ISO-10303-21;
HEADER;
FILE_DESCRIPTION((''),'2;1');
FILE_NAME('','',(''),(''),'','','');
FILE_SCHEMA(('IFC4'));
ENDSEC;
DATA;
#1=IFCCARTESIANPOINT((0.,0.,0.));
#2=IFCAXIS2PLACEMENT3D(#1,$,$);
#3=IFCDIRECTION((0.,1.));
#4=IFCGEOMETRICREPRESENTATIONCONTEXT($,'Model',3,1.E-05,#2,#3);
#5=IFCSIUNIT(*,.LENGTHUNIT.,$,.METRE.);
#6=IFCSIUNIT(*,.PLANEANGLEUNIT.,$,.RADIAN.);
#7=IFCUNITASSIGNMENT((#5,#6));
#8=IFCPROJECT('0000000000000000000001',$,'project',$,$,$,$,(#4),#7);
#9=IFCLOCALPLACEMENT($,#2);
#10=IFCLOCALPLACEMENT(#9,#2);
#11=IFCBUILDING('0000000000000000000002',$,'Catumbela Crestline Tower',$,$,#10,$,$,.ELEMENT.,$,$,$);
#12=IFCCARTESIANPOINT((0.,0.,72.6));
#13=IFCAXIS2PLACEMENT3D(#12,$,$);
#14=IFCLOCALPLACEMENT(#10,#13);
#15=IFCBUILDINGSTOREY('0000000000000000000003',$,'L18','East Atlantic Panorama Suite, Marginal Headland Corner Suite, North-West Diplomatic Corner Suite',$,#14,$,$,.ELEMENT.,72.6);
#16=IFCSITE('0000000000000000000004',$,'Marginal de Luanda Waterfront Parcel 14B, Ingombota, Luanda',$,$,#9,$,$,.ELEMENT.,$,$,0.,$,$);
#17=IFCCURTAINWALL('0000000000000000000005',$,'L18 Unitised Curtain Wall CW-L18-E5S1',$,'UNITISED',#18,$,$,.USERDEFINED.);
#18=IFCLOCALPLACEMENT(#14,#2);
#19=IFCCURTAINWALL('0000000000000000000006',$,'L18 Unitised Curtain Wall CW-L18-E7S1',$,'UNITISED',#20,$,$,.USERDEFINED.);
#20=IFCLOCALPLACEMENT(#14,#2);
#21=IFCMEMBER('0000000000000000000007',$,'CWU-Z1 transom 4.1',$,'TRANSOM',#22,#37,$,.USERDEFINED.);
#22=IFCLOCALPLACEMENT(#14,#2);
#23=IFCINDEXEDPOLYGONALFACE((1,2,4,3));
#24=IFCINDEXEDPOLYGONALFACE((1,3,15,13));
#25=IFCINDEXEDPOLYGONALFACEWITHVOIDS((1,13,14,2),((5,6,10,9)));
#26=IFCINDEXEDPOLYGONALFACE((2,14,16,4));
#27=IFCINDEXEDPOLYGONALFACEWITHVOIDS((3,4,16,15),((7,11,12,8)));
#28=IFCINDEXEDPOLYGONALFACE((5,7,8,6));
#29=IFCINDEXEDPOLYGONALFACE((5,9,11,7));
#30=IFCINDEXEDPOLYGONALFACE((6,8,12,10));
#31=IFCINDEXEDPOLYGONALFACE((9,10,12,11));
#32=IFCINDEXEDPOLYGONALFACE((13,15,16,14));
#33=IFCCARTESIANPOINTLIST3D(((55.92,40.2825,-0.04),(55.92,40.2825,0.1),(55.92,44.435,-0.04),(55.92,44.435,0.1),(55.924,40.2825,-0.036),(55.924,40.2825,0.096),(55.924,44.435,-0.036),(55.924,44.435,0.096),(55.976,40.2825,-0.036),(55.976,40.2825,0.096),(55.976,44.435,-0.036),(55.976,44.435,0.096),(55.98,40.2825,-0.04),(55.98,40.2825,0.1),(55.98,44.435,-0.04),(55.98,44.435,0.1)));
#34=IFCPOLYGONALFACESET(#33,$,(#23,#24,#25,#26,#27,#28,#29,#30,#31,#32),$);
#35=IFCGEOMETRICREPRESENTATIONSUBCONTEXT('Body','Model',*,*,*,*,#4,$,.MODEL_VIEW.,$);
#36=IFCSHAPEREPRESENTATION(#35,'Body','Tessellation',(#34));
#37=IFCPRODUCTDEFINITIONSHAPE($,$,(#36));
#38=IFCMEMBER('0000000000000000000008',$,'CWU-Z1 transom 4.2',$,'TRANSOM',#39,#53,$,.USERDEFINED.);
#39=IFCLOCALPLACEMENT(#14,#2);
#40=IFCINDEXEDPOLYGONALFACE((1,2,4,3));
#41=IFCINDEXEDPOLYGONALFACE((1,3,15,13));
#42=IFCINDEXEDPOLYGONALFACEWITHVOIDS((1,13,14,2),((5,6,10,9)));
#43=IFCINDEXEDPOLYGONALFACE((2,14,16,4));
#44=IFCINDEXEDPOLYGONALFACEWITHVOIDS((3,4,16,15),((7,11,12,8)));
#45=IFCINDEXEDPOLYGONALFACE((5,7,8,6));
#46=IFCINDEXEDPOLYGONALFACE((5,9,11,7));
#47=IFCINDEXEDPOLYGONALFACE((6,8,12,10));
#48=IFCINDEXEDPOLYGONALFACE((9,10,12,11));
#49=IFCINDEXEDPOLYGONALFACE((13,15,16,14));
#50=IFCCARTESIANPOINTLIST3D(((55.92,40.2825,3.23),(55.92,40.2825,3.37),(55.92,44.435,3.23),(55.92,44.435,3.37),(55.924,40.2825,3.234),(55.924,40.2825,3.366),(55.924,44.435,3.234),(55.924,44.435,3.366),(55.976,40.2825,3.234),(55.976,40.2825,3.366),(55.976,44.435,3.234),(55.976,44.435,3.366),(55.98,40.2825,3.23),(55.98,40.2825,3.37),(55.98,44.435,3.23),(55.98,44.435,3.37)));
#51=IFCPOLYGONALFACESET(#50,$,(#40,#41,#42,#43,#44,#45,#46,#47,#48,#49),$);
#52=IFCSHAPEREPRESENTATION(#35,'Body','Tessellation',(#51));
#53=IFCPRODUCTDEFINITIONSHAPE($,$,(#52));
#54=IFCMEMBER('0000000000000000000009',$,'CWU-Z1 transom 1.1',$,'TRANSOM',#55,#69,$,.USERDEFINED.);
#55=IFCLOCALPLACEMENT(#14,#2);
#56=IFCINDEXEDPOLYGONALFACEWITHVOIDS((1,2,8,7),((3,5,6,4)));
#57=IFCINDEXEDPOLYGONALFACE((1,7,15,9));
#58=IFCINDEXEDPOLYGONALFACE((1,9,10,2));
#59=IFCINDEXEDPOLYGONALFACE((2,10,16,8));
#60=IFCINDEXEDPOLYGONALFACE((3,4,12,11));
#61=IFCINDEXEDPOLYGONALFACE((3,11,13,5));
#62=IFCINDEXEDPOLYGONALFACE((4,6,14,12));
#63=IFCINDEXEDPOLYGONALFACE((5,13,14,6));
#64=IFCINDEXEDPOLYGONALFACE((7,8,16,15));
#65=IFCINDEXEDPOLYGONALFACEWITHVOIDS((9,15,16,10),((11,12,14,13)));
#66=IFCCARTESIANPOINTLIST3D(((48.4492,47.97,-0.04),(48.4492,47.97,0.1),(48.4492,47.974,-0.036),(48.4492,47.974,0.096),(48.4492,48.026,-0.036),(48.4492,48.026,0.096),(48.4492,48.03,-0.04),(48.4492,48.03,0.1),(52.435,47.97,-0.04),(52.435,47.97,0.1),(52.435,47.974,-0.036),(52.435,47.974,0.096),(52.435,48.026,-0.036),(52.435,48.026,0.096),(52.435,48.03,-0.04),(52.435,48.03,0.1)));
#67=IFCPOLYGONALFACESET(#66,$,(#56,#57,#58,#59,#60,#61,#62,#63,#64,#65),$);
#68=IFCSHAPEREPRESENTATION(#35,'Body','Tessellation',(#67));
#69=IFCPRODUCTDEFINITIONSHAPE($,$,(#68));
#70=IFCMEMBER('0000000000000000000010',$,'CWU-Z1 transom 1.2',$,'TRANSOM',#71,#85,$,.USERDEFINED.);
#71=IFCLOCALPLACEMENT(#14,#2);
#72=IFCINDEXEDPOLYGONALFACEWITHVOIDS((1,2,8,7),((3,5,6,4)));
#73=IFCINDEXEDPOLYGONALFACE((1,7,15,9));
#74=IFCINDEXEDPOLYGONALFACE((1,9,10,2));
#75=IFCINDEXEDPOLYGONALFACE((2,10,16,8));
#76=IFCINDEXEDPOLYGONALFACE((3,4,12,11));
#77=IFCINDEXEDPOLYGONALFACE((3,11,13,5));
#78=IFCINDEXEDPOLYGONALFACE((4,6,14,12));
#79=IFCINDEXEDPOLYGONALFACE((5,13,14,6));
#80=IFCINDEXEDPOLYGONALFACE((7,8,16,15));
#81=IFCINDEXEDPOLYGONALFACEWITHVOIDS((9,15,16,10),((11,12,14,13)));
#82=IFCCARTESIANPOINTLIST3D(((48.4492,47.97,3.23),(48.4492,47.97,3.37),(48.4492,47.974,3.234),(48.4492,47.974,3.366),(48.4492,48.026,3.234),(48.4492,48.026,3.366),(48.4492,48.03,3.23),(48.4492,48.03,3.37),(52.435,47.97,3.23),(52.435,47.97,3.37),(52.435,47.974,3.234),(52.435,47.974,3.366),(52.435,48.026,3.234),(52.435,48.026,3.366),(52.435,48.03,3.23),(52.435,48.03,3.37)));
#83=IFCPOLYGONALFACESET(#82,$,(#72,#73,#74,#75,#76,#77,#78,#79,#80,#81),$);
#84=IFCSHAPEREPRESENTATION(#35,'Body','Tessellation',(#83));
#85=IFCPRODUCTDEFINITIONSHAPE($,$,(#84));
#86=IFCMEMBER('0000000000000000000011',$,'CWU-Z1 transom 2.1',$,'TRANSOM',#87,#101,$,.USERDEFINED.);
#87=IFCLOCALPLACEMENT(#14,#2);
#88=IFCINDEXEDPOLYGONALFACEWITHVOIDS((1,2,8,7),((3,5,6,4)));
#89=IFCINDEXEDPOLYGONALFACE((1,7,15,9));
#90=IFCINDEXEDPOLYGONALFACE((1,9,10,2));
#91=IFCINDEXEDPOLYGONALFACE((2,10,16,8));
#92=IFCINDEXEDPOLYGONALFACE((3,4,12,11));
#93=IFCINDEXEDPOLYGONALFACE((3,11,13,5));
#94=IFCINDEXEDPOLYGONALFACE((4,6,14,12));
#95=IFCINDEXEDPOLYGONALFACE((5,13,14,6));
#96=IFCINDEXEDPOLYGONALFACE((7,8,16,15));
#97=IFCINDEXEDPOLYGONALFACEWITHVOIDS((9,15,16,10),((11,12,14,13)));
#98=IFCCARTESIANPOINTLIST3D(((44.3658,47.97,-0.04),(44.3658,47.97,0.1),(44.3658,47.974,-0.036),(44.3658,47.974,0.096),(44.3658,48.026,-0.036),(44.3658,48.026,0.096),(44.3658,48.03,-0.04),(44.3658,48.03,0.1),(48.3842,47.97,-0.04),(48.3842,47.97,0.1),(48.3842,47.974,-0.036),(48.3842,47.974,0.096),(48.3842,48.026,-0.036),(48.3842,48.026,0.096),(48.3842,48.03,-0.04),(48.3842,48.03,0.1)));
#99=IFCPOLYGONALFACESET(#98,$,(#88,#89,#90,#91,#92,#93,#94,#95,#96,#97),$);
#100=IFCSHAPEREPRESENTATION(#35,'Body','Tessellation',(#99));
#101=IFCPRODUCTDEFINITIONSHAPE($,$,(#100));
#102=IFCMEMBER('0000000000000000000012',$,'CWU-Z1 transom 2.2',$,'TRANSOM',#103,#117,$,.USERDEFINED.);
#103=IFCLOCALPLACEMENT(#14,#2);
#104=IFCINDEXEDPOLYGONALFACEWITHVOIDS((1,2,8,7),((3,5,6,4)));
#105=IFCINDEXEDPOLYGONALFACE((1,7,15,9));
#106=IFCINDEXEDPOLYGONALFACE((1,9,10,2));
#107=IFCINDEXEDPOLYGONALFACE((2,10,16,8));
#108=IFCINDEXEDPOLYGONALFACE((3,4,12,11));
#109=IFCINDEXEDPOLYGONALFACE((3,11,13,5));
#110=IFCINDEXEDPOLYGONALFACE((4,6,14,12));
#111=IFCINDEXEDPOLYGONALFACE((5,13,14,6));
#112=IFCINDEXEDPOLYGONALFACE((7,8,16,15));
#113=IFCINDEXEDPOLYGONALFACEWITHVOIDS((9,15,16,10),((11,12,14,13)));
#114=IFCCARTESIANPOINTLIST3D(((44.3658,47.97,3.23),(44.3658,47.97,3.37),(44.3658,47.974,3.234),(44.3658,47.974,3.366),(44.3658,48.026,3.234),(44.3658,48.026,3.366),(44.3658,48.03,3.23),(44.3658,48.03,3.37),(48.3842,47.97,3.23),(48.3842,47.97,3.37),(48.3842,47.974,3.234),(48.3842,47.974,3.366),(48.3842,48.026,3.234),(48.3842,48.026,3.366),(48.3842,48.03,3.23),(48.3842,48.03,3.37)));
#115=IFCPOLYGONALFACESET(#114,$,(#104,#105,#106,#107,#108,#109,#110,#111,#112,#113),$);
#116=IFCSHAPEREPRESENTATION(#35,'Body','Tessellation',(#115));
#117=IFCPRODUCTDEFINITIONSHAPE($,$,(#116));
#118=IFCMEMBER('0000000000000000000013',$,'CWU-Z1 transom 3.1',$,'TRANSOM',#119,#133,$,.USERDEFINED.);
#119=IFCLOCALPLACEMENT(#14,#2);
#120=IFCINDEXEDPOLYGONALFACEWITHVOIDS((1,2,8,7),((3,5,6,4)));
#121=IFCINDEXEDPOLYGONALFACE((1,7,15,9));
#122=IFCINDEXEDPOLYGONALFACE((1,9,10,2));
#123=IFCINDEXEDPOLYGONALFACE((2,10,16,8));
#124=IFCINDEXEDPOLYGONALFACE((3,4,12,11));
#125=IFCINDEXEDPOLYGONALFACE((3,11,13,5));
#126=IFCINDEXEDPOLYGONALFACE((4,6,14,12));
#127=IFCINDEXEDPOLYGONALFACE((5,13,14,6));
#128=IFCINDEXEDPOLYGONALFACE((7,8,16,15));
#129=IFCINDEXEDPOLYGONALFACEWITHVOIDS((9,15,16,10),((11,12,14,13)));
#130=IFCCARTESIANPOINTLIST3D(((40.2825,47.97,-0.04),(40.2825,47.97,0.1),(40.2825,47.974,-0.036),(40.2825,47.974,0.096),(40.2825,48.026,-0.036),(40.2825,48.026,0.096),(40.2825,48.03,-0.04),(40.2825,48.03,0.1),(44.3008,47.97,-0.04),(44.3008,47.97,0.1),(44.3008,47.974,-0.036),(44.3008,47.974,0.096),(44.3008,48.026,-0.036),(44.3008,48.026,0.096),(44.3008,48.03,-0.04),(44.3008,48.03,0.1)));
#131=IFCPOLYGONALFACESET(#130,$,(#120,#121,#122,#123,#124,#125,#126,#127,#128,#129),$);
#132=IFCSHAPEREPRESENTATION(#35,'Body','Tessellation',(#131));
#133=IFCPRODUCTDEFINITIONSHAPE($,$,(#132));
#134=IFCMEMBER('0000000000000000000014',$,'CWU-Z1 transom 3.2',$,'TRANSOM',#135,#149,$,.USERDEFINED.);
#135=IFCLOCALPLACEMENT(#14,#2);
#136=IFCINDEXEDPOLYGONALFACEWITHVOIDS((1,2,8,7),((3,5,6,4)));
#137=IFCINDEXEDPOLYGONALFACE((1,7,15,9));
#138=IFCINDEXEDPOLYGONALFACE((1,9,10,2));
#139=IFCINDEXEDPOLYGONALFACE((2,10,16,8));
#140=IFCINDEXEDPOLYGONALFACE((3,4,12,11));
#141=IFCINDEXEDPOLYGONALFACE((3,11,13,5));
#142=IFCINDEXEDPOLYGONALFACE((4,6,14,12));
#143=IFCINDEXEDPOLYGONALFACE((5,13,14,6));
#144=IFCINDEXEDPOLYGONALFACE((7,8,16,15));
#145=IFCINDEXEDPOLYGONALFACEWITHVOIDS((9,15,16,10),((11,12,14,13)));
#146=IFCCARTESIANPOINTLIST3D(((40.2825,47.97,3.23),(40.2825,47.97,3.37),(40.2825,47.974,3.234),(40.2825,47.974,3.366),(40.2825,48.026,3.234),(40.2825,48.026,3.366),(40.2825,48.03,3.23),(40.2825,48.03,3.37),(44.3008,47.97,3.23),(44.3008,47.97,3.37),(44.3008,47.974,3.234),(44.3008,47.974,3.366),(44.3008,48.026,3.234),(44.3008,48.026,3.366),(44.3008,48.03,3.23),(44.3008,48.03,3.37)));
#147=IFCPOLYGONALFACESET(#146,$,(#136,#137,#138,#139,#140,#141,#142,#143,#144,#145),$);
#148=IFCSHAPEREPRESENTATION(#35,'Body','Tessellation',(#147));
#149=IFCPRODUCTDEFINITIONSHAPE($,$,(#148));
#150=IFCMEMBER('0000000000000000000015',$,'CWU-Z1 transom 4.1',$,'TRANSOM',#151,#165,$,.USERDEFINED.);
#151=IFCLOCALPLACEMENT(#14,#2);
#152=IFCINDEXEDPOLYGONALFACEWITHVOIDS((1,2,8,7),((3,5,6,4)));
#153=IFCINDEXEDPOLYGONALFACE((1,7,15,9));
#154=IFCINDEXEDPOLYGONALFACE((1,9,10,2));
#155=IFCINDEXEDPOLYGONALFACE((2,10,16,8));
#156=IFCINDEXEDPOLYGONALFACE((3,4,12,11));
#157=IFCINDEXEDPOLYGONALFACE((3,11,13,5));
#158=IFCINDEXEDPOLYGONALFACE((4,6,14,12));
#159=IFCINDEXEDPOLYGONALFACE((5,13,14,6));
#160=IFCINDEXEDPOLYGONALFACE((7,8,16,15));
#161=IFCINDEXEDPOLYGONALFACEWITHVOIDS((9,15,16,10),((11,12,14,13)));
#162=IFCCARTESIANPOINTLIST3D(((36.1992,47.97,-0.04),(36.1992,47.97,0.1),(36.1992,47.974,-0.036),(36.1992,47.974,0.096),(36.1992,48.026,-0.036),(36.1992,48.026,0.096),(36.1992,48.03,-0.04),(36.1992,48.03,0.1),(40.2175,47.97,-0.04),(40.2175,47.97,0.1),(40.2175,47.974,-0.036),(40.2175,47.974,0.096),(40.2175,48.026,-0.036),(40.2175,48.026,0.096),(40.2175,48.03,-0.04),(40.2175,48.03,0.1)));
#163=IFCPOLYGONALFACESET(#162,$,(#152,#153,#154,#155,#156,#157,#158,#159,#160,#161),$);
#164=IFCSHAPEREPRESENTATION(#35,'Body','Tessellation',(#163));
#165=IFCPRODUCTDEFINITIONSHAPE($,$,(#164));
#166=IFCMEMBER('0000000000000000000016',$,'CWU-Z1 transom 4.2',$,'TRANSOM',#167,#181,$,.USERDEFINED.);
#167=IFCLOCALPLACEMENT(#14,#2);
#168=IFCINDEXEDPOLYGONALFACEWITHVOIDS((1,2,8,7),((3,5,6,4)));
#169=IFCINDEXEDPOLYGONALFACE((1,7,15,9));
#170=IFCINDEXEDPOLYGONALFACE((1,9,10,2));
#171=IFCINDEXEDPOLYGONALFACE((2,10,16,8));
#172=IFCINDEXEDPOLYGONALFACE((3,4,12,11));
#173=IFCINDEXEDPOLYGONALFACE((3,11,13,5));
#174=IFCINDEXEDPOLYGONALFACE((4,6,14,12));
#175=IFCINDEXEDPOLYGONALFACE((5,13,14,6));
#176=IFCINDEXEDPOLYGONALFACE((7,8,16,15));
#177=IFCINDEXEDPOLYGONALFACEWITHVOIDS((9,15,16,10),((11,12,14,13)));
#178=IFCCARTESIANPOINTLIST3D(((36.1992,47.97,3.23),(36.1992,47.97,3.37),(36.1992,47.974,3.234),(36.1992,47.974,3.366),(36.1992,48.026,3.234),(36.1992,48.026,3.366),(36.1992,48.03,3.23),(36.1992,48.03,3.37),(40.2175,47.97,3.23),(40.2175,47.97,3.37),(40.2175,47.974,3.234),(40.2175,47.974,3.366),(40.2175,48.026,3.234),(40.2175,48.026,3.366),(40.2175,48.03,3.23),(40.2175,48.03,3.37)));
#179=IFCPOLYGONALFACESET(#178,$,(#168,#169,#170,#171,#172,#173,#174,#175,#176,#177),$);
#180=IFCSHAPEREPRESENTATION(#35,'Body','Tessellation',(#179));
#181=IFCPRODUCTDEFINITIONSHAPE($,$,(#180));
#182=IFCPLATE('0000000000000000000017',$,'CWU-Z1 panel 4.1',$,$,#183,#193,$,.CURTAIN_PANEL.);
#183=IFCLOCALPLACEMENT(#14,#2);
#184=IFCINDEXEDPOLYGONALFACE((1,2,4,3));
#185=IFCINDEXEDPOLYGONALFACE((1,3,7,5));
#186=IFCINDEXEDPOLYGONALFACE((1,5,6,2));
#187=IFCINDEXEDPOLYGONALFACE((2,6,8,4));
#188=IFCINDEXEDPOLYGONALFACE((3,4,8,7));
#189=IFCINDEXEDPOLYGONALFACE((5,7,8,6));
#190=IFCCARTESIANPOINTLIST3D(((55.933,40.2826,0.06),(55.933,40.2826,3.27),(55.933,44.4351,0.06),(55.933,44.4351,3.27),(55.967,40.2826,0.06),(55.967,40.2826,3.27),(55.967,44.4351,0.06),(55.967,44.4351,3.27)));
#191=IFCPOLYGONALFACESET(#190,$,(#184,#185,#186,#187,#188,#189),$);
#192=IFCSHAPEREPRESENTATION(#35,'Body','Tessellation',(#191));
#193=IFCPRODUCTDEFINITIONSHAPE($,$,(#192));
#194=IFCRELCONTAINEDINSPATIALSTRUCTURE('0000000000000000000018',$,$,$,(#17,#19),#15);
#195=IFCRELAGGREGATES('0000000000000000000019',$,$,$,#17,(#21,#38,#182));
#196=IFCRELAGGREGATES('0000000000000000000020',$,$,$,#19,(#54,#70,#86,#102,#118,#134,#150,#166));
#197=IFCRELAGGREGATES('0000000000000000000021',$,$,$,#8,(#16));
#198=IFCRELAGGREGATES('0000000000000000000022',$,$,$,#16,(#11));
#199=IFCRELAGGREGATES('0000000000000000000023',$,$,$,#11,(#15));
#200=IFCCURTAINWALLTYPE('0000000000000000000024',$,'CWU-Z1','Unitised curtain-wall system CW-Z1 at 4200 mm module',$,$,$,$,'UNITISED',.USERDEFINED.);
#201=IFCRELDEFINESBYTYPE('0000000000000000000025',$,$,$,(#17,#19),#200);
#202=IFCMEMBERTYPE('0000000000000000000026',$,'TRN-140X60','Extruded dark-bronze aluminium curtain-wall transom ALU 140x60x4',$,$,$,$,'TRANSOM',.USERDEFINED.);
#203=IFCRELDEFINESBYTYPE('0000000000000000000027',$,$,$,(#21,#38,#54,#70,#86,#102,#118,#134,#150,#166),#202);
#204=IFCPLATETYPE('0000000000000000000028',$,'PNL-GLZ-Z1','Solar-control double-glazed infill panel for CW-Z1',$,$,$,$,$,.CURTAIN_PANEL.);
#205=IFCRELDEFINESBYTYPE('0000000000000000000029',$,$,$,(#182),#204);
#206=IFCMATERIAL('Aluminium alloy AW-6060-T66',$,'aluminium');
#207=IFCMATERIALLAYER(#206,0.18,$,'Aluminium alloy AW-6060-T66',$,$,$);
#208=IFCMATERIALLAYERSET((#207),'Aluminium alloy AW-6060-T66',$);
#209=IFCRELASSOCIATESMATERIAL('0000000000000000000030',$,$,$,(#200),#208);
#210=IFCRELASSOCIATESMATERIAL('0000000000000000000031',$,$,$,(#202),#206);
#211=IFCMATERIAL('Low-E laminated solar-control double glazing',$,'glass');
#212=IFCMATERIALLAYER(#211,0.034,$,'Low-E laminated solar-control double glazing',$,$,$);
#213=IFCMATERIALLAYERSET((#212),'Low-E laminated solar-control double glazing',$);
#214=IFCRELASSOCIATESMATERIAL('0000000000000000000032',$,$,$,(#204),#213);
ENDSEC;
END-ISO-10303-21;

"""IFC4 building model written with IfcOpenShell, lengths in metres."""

from ifc_helpers import new_model, si_unit, direction, frame, origin, origin_2d, place, context, subcontext, project, spatial, rectangle, hollow_rectangle, extrude, material, layer, layer_set, material_profile, profile_set, type_object, element, aggregate, save


model = new_model("IFC4")

# Units and contexts
model_context = context("Model", 3, precision=1e-05, world=origin(), true_north=direction((0.0, 1.0)))
body_context = subcontext(model_context, "Body", "Model", "MODEL_VIEW")
ifc_project = project(units=[si_unit("LENGTHUNIT", "METRE"), si_unit("PLANEANGLEUNIT", "RADIAN")], contexts=[model_context])

# Site, building, storey
site_placement = place(None, origin())
site = spatial("IfcSite", under=ifc_project, at=site_placement, Name="Marginal de Luanda Waterfront Parcel 14B, Ingombota, Luanda", CompositionType="ELEMENT", RefElevation=0.0)
building_placement = place(site_placement, origin())
building = spatial("IfcBuilding", under=site, at=building_placement, Name="Catumbela Crestline Tower", CompositionType="ELEMENT")
storey_placement = place(building_placement, frame((0.0, 0.0, 72.6)))
storey = spatial("IfcBuildingStorey", under=building, at=storey_placement, Name="L18", Description="East Atlantic Panorama Suite, Marginal Headland Corner Suite, North-West Diplomatic Corner Suite", CompositionType="ELEMENT", Elevation=72.6)

# Curtain wall
ifc_material_1 = material(Name="Aluminium alloy AW-6060-T66", Category="aluminium")
ifc_layer_1 = layer(ifc_material_1, 0.18, Name="Aluminium alloy AW-6060-T66")
ifc_layer_set_1 = layer_set([ifc_layer_1], Name="Aluminium alloy AW-6060-T66")
curtain_wall_type = type_object("IfcCurtainWallType", Name="CWU-Z1", Description="Unitised curtain-wall system CW-Z1 at 4200 mm module", ElementType="UNITISED", PredefinedType="USERDEFINED", material=ifc_layer_set_1)
curtain_wall_1_placement = place(storey_placement, origin())
curtain_wall_1 = element("IfcCurtainWall", 1, at=curtain_wall_1_placement, inside=storey, type_object=curtain_wall_type, Name="L18 Unitised Curtain Wall CW-L18-E5S1", ObjectType="UNITISED", PredefinedType="USERDEFINED")

# Curtain wall
curtain_wall_2_placement = place(storey_placement, origin())
curtain_wall_2 = element("IfcCurtainWall", 2, at=curtain_wall_2_placement, inside=storey, type_object=curtain_wall_type, Name="L18 Unitised Curtain Wall CW-L18-E7S1", ObjectType="UNITISED", PredefinedType="USERDEFINED")

# Members
ifc_material_profile_1 = material_profile(ifc_material_1, hollow_rectangle(XDim=0.06, YDim=0.14, WallThickness=0.004, at=origin_2d()), Name="ALU 140x60x4")
ifc_profile_set_1 = profile_set([ifc_material_profile_1], Name="Aluminium alloy AW-6060-T66")
member_type_1 = type_object("IfcMemberType", Name="TRN-140X60", Description="Extruded dark-bronze aluminium curtain-wall transom ALU 140x60x4", ElementType="TRANSOM", PredefinedType="USERDEFINED", material=ifc_profile_set_1)
member_1_placement = place(storey_placement, frame((55.95, 40.2825, 0.03), z_axis=(0.0, 1.0, 0.0), x_axis=(-1.0, 0.0, 0.0)))
member_1 = element("IfcMember", 3, at=member_1_placement, type_object=member_type_1, Name="CWU-Z1 transom 4.1", ObjectType="TRANSOM", PredefinedType="USERDEFINED", context=body_context, shape_type="SweptSolid", body=[
    extrude(hollow_rectangle(XDim=0.06, YDim=0.14, WallThickness=0.004, at=origin_2d()), origin(), (0.0, 0.0, 1.0), 4.1525),
])
member_2_placement = place(storey_placement, frame((55.95, 40.2825, 3.3), z_axis=(0.0, 1.0, 0.0), x_axis=(-1.0, 0.0, 0.0)))
member_2 = element("IfcMember", 4, at=member_2_placement, type_object=member_type_1, Name="CWU-Z1 transom 4.2", ObjectType="TRANSOM", PredefinedType="USERDEFINED", context=body_context, shape_type="SweptSolid", body=[
    extrude(hollow_rectangle(XDim=0.06, YDim=0.14, WallThickness=0.004, at=origin_2d()), origin(), (0.0, 0.0, 1.0), 4.1525),
])
member_3_placement = place(storey_placement, frame((52.435, 48.0, 0.03), z_axis=(-1.0, 0.0, 0.0), x_axis=(0.0, -1.0, 0.0)))
member_3 = element("IfcMember", 5, at=member_3_placement, type_object=member_type_1, Name="CWU-Z1 transom 1.1", ObjectType="TRANSOM", PredefinedType="USERDEFINED", context=body_context, shape_type="SweptSolid", body=[
    extrude(hollow_rectangle(XDim=0.06, YDim=0.14, WallThickness=0.004, at=origin_2d()), origin(), (0.0, 0.0, 1.0), 3.9858),
])
member_4_placement = place(storey_placement, frame((52.435, 48.0, 3.3), z_axis=(-1.0, 0.0, 0.0), x_axis=(0.0, -1.0, 0.0)))
member_4 = element("IfcMember", 6, at=member_4_placement, type_object=member_type_1, Name="CWU-Z1 transom 1.2", ObjectType="TRANSOM", PredefinedType="USERDEFINED", context=body_context, shape_type="SweptSolid", body=[
    extrude(hollow_rectangle(XDim=0.06, YDim=0.14, WallThickness=0.004, at=origin_2d()), origin(), (0.0, 0.0, 1.0), 3.9858),
])
member_5_placement = place(storey_placement, frame((48.3842, 48.0, 0.03), z_axis=(-1.0, 0.0, 0.0), x_axis=(0.0, -1.0, 0.0)))
member_5 = element("IfcMember", 7, at=member_5_placement, type_object=member_type_1, Name="CWU-Z1 transom 2.1", ObjectType="TRANSOM", PredefinedType="USERDEFINED", context=body_context, shape_type="SweptSolid", body=[
    extrude(hollow_rectangle(XDim=0.06, YDim=0.14, WallThickness=0.004, at=origin_2d()), origin(), (0.0, 0.0, 1.0), 4.0184),
])
member_6_placement = place(storey_placement, frame((48.3842, 48.0, 3.3), z_axis=(-1.0, 0.0, 0.0), x_axis=(0.0, -1.0, 0.0)))
member_6 = element("IfcMember", 8, at=member_6_placement, type_object=member_type_1, Name="CWU-Z1 transom 2.2", ObjectType="TRANSOM", PredefinedType="USERDEFINED", context=body_context, shape_type="SweptSolid", body=[
    extrude(hollow_rectangle(XDim=0.06, YDim=0.14, WallThickness=0.004, at=origin_2d()), origin(), (0.0, 0.0, 1.0), 4.0184),
])
member_7_placement = place(storey_placement, frame((44.3008, 48.0, 0.03), z_axis=(-1.0, 0.0, 0.0), x_axis=(0.0, -1.0, 0.0)))
member_7 = element("IfcMember", 9, at=member_7_placement, type_object=member_type_1, Name="CWU-Z1 transom 3.1", ObjectType="TRANSOM", PredefinedType="USERDEFINED", context=body_context, shape_type="SweptSolid", body=[
    extrude(hollow_rectangle(XDim=0.06, YDim=0.14, WallThickness=0.004, at=origin_2d()), origin(), (0.0, 0.0, 1.0), 4.0183),
])
member_8_placement = place(storey_placement, frame((44.3008, 48.0, 3.3), z_axis=(-1.0, 0.0, 0.0), x_axis=(0.0, -1.0, 0.0)))
member_8 = element("IfcMember", 10, at=member_8_placement, type_object=member_type_1, Name="CWU-Z1 transom 3.2", ObjectType="TRANSOM", PredefinedType="USERDEFINED", context=body_context, shape_type="SweptSolid", body=[
    extrude(hollow_rectangle(XDim=0.06, YDim=0.14, WallThickness=0.004, at=origin_2d()), origin(), (0.0, 0.0, 1.0), 4.0183),
])
member_9_placement = place(storey_placement, frame((40.2175, 48.0, 0.03), z_axis=(-1.0, 0.0, 0.0), x_axis=(0.0, -1.0, 0.0)))
member_9 = element("IfcMember", 11, at=member_9_placement, type_object=member_type_1, Name="CWU-Z1 transom 4.1", ObjectType="TRANSOM", PredefinedType="USERDEFINED", context=body_context, shape_type="SweptSolid", body=[
    extrude(hollow_rectangle(XDim=0.06, YDim=0.14, WallThickness=0.004, at=origin_2d()), origin(), (0.0, 0.0, 1.0), 4.0183),
])
member_10_placement = place(storey_placement, frame((40.2175, 48.0, 3.3), z_axis=(-1.0, 0.0, 0.0), x_axis=(0.0, -1.0, 0.0)))
member_10 = element("IfcMember", 12, at=member_10_placement, type_object=member_type_1, Name="CWU-Z1 transom 4.2", ObjectType="TRANSOM", PredefinedType="USERDEFINED", context=body_context, shape_type="SweptSolid", body=[
    extrude(hollow_rectangle(XDim=0.06, YDim=0.14, WallThickness=0.004, at=origin_2d()), origin(), (0.0, 0.0, 1.0), 4.0183),
])

# Plate
ifc_material_2 = material(Name="Low-E laminated solar-control double glazing", Category="glass")
ifc_layer_2 = layer(ifc_material_2, 0.034, Name="Low-E laminated solar-control double glazing")
ifc_layer_set_2 = layer_set([ifc_layer_2], Name="Low-E laminated solar-control double glazing")
plate_type = type_object("IfcPlateType", Name="PNL-GLZ-Z1", Description="Solar-control double-glazed infill panel for CW-Z1", PredefinedType="CURTAIN_PANEL", material=ifc_layer_set_2)
plate_1_placement = place(storey_placement, frame((55.95, 42.3588, 0.06), z_axis=(0.0, 0.0, 1.0), x_axis=(0.0, 1.0, 0.0)))
plate_1 = element("IfcPlate", 13, at=plate_1_placement, type_object=plate_type, Name="CWU-Z1 panel 4.1", PredefinedType="CURTAIN_PANEL", context=body_context, shape_type="SweptSolid", body=[
    extrude(rectangle(XDim=4.1525, YDim=0.034, at=origin_2d()), origin(), (0.0, 0.0, 1.0), 3.21),
])
aggregate(curtain_wall_1, [member_1, member_2, plate_1])
aggregate(curtain_wall_2, [member_3, member_4, member_5, member_6, member_7, member_8, member_9, member_10])

save(model, "model.ifc")
